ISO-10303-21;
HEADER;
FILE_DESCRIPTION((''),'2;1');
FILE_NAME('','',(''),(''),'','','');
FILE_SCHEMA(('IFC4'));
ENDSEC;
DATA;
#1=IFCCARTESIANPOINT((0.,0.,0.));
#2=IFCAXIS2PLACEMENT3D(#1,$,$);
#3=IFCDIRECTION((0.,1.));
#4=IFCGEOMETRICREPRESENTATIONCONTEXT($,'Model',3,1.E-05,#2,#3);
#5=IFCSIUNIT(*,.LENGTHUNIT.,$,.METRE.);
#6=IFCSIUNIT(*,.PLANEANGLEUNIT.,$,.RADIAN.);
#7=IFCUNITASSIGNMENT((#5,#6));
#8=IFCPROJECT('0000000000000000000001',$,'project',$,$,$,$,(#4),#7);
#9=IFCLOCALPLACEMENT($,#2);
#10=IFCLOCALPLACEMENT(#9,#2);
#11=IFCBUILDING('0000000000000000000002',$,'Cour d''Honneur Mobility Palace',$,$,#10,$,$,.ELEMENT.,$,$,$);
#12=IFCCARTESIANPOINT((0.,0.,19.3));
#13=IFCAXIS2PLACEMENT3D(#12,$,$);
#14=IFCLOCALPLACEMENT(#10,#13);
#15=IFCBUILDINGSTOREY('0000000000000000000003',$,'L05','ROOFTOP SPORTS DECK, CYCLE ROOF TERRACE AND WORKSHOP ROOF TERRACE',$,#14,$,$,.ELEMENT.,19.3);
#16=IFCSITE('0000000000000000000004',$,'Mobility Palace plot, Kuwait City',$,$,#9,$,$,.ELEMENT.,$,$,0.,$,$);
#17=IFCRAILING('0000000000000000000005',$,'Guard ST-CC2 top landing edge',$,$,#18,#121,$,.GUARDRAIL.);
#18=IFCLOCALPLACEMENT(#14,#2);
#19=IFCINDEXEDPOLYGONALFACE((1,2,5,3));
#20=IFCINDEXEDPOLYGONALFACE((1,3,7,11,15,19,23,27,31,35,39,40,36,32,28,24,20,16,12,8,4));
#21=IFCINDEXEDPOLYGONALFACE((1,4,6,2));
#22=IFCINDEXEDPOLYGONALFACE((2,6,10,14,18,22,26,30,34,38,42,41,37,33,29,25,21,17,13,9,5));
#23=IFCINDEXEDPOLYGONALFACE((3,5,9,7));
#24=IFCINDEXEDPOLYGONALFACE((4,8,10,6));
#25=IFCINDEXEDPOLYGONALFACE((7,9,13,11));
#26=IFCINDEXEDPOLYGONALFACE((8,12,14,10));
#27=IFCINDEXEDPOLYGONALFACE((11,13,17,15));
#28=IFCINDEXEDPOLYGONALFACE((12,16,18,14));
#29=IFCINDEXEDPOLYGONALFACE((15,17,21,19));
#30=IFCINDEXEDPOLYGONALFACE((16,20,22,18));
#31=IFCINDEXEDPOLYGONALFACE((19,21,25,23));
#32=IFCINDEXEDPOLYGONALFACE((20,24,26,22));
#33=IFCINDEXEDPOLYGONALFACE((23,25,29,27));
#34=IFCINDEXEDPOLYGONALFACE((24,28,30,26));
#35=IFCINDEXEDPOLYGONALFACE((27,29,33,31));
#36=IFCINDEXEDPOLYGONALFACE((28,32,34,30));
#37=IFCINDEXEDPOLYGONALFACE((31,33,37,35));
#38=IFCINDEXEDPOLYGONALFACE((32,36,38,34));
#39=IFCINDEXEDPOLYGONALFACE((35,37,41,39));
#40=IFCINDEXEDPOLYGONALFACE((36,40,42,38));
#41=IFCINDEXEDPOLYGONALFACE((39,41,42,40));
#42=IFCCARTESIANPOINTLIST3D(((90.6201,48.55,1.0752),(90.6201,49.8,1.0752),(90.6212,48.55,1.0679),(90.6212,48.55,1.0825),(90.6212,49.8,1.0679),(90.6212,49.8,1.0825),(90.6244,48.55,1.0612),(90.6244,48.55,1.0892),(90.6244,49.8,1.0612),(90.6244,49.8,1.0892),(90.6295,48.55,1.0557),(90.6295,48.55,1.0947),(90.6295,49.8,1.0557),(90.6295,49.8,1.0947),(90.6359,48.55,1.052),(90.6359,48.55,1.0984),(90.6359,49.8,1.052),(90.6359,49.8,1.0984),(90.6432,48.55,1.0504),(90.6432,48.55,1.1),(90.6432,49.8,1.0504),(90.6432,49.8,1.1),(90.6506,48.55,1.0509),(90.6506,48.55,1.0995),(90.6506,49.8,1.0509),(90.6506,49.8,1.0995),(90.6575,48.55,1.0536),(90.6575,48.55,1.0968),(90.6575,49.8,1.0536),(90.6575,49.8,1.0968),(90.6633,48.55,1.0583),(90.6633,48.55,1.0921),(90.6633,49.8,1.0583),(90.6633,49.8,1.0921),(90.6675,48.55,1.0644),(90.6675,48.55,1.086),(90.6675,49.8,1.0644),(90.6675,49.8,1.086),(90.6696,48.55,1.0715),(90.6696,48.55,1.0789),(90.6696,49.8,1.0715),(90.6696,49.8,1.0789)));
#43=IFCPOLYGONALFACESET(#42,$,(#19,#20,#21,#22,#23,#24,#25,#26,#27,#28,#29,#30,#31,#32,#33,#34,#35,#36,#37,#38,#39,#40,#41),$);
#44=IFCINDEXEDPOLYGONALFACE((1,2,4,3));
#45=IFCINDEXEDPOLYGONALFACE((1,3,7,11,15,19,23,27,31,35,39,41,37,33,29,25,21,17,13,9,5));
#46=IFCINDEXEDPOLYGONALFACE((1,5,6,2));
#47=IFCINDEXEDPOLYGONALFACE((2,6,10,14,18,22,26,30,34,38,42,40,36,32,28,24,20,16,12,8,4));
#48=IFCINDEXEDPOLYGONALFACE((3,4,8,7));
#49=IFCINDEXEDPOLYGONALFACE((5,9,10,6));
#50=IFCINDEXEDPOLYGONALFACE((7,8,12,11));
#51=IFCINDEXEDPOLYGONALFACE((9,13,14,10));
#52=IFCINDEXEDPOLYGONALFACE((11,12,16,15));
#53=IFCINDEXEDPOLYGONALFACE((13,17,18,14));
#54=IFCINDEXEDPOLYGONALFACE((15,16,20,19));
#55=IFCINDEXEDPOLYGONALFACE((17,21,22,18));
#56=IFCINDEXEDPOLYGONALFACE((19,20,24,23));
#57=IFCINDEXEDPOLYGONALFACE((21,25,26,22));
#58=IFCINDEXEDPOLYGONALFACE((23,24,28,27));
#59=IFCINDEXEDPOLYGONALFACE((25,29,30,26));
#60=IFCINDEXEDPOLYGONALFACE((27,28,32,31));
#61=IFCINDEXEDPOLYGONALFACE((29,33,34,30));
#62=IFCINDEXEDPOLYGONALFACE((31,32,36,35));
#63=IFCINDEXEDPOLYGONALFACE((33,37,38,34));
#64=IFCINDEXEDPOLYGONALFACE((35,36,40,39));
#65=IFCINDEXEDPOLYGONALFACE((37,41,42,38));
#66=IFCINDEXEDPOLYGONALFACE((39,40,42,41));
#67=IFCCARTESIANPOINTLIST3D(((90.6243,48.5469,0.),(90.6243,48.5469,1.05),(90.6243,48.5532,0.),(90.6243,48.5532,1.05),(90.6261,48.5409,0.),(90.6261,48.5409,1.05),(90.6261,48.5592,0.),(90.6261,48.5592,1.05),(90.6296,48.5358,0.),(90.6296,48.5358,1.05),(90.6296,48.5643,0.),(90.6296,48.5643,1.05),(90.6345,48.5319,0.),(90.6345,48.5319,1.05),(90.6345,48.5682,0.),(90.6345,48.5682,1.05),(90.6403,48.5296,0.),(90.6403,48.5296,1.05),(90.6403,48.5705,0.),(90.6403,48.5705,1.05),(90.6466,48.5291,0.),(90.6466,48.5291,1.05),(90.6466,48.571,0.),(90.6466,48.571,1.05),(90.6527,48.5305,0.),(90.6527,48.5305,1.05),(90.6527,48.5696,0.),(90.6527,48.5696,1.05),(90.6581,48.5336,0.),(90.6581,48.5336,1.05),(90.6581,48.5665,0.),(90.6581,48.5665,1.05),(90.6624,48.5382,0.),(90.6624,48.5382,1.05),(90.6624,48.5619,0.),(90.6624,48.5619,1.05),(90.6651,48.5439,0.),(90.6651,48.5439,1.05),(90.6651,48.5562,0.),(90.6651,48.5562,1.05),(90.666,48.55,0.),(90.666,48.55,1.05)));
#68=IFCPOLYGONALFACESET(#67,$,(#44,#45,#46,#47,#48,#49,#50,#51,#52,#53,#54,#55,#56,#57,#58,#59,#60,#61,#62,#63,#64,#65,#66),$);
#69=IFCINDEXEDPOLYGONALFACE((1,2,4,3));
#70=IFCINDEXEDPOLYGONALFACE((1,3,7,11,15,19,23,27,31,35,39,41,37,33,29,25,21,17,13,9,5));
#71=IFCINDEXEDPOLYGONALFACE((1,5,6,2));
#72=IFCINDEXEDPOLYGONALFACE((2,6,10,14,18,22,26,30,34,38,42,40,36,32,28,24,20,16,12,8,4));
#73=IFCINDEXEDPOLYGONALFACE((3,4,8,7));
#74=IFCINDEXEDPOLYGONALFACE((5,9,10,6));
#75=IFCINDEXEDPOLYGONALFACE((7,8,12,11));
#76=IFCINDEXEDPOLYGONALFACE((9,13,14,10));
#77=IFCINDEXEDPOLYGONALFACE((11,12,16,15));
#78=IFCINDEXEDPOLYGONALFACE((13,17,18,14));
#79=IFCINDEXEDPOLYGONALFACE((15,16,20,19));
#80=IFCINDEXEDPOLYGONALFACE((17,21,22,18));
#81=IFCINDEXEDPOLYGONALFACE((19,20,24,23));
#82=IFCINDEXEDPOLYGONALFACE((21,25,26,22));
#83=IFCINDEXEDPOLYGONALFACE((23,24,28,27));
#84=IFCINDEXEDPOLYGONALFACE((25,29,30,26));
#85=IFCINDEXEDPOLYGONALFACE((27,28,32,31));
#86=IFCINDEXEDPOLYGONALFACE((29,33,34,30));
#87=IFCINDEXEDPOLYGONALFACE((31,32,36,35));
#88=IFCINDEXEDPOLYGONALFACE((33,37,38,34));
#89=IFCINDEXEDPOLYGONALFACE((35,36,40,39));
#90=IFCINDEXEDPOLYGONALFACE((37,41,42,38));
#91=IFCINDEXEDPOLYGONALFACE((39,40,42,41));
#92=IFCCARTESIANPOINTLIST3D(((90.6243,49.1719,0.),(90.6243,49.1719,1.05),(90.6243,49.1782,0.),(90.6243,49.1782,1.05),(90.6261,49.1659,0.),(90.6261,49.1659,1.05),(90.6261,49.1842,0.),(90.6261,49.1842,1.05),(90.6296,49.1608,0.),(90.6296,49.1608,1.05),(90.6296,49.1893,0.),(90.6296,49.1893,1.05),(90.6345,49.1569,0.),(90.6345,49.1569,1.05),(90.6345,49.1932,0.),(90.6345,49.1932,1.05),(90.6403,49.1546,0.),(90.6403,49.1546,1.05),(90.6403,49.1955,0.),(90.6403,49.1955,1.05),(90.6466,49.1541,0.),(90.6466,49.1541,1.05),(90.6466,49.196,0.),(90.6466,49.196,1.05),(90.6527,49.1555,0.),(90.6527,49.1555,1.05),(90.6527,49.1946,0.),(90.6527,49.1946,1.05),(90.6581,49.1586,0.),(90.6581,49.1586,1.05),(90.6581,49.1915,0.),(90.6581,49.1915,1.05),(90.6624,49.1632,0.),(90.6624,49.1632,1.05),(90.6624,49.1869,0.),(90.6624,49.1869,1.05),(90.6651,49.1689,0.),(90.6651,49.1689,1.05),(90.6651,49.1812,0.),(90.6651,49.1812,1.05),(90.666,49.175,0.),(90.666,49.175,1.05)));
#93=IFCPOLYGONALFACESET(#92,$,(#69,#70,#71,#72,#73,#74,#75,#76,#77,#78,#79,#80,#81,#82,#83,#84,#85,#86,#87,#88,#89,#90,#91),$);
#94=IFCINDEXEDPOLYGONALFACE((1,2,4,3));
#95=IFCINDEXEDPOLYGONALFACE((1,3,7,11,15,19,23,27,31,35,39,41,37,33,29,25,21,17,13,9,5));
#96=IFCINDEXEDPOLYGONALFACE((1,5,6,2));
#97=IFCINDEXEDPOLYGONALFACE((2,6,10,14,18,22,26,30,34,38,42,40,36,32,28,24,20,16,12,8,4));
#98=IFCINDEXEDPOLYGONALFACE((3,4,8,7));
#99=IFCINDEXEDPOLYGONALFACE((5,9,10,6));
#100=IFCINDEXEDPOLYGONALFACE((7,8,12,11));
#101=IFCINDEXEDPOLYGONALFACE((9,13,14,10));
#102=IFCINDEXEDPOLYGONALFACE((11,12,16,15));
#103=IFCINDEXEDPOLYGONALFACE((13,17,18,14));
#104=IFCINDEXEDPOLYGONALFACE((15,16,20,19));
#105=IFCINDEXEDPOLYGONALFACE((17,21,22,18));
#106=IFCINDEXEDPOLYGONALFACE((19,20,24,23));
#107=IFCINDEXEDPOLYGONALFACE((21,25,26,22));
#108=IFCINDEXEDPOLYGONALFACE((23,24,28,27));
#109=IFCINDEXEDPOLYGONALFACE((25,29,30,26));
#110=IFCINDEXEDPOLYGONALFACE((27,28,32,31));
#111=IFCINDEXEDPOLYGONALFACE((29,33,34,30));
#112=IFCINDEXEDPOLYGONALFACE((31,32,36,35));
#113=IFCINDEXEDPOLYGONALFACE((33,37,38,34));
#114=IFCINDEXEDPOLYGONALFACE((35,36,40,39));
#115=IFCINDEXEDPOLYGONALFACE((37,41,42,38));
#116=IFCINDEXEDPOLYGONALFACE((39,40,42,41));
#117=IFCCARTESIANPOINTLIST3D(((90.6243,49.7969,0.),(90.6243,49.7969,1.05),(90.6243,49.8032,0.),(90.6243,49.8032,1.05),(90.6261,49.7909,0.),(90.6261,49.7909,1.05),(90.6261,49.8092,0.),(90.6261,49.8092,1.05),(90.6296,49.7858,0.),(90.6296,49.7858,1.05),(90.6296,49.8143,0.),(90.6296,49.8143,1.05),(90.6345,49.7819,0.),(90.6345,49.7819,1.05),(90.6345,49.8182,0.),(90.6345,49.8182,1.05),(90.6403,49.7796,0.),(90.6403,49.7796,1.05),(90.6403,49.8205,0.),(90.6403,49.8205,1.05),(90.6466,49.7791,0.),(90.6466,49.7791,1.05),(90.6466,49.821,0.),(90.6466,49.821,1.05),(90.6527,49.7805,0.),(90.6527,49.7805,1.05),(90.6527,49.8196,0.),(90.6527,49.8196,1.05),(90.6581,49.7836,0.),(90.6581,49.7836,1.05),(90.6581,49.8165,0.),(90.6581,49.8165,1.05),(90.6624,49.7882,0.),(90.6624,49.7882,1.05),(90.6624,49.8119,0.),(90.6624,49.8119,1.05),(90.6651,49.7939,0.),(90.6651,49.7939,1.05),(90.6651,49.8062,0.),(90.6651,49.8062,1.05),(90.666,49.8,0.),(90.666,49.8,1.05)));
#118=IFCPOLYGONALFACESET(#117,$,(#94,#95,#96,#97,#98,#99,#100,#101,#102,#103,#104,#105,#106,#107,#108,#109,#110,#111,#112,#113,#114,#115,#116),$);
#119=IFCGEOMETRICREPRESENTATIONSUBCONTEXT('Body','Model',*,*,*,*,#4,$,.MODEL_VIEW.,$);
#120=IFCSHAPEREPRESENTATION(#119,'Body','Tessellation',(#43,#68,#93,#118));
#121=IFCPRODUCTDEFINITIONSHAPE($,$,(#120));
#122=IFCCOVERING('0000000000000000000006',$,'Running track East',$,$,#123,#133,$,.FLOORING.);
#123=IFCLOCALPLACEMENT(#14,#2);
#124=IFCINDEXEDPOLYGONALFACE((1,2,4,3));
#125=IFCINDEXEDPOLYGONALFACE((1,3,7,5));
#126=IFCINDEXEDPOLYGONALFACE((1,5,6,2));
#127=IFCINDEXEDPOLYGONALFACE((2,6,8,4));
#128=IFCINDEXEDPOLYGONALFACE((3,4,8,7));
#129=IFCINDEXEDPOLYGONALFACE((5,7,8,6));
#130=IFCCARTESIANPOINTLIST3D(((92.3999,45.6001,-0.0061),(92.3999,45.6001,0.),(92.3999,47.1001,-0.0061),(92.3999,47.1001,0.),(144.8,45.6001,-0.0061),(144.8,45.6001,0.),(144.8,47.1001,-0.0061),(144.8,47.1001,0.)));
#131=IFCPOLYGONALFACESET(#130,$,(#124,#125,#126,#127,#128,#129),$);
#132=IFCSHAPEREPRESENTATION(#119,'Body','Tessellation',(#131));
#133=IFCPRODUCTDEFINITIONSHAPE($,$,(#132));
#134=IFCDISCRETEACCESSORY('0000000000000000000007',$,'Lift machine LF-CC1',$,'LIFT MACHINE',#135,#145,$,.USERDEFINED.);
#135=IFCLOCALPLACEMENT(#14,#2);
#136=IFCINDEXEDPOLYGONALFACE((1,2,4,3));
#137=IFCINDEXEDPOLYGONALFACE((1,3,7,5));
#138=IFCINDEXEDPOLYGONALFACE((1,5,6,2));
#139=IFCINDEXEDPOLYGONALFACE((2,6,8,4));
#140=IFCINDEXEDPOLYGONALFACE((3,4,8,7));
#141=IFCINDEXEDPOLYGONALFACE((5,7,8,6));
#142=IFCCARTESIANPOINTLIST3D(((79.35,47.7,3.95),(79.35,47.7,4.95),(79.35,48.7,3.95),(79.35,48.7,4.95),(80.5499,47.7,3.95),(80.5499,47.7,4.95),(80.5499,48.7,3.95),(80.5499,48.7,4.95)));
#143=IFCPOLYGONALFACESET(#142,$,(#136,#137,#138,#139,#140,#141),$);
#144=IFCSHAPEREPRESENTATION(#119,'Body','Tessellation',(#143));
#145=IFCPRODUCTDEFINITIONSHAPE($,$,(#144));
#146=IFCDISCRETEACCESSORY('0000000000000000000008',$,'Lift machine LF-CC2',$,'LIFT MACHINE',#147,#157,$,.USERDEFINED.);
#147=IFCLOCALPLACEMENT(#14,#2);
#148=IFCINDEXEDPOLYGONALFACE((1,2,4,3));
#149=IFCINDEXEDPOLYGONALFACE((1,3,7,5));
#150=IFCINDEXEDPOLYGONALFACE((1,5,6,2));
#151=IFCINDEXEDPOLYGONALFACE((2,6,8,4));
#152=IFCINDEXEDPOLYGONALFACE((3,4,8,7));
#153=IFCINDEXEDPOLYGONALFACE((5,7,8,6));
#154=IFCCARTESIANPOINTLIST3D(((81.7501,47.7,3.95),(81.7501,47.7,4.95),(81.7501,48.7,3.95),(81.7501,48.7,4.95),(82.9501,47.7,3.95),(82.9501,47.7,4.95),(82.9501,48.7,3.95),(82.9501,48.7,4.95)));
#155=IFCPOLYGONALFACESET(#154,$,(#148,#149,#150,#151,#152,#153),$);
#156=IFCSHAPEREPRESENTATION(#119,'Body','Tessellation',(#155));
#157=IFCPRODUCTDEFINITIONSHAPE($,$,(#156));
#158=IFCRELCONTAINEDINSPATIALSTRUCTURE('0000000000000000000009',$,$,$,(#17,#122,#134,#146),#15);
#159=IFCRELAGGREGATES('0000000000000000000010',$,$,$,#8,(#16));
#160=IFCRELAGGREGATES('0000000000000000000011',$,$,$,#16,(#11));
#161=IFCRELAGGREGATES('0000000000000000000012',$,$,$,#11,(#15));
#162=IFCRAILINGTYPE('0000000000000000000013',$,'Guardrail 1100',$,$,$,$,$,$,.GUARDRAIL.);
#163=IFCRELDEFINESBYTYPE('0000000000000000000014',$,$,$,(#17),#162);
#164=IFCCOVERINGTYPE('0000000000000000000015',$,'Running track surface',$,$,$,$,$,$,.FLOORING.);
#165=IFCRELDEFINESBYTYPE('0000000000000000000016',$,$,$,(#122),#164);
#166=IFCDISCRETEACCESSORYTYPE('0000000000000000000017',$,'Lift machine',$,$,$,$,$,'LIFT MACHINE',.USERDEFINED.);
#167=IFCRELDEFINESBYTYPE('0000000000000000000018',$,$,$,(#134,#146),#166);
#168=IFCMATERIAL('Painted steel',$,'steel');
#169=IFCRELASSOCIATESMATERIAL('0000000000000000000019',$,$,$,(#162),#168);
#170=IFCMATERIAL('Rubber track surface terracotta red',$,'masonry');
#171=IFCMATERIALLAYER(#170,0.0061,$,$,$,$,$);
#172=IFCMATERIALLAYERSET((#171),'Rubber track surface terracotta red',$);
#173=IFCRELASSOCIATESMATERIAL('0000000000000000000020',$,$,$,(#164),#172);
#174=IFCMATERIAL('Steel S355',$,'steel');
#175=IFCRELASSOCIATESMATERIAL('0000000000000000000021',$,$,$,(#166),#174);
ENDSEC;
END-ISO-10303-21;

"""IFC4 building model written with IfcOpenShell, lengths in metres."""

from ifc_helpers import new_model, si_unit, direction, frame, origin, origin_2d, place, context, subcontext, project, spatial, polyline, rectangle, circle, outline, extrude, material, layer, layer_set, type_object, element, save


model = new_model("IFC4")

# Units and contexts
model_context = context("Model", 3, precision=1e-05, world=origin(), true_north=direction((0.0, 1.0)))
body_context = subcontext(model_context, "Body", "Model", "MODEL_VIEW")
ifc_project = project(units=[si_unit("LENGTHUNIT", "METRE"), si_unit("PLANEANGLEUNIT", "RADIAN")], contexts=[model_context])

# Site, building, storey
site_placement = place(None, origin())
site = spatial("IfcSite", under=ifc_project, at=site_placement, Name="Mobility Palace plot, Kuwait City", CompositionType="ELEMENT", RefElevation=0.0)
building_placement = place(site_placement, origin())
building = spatial("IfcBuilding", under=site, at=building_placement, Name="Cour d'Honneur Mobility Palace", CompositionType="ELEMENT")
storey_placement = place(building_placement, frame((0.0, 0.0, 19.3)))
storey = spatial("IfcBuildingStorey", under=building, at=storey_placement, Name="L05", Description="ROOFTOP SPORTS DECK, CYCLE ROOF TERRACE AND WORKSHOP ROOF TERRACE", CompositionType="ELEMENT", Elevation=19.3)

# Railing
ifc_material_1 = material(Name="Painted steel", Category="steel")
railing_type = type_object("IfcRailingType", Name="Guardrail 1100", PredefinedType="GUARDRAIL", material=ifc_material_1)
railing_1_placement = place(storey_placement, frame((90.645, 48.55, 0.0)))
element("IfcRailing", 1, at=railing_1_placement, inside=storey, type_object=railing_type, Name="Guard ST-CC2 top landing edge", PredefinedType="GUARDRAIL", context=body_context, shape_type="SweptSolid", body=[
    extrude(circle(Radius=0.0249, at=origin_2d()), frame((0.0, 0.0, 1.0752), z_axis=(0.0, 1.0, 0.0), x_axis=(-1.0, 0.0, 0.0)), (0.0, 0.0, 1.0), 1.25),
    extrude(circle(Radius=0.021, at=origin_2d()), origin(), (0.0, 0.0, 1.0), 1.05),
    extrude(circle(Radius=0.021, at=origin_2d()), frame((0.0, 0.625, 0.0)), (0.0, 0.0, 1.0), 1.05),
    extrude(circle(Radius=0.021, at=origin_2d()), frame((0.0, 1.25, 0.0)), (0.0, 0.0, 1.0), 1.05),
])

# Covering
ifc_material_2 = material(Name="Rubber track surface terracotta red", Category="masonry")
ifc_layer_1 = layer(ifc_material_2, 0.0061)
ifc_layer_set_1 = layer_set([ifc_layer_1], Name="Rubber track surface terracotta red")
covering_type_1 = type_object("IfcCoveringType", Name="Running track surface", PredefinedType="FLOORING", material=ifc_layer_set_1)
covering_placement = place(storey_placement, frame((92.3999, 45.6001, 0.0), z_axis=(0.0, 0.0, 1.0), x_axis=(1.0, 0.0, 0.0)))
element("IfcCovering", 2, at=covering_placement, inside=storey, type_object=covering_type_1, Name="Running track East", PredefinedType="FLOORING", context=body_context, shape_type="SweptSolid", body=[
    extrude(outline(polyline([(0.0, 0.0), (52.4001, 0.0), (52.4001, 1.5), (0.0, 1.5), (0.0, 0.0)])), origin(), (0.0, 0.0, -1.0), 0.0061),
])

# Discrete accessories
ifc_material_3 = material(Name="Steel S355", Category="steel")
discrete_accessory_type = type_object("IfcDiscreteAccessoryType", Name="Lift machine", ElementType="LIFT MACHINE", PredefinedType="USERDEFINED", material=ifc_material_3)
for number, where, z_axis, x_axis, name in (
    (3, (79.95, 48.2, 3.95), (0.0, 0.0, 1.0), (1.0, 0.0, 0.0), "Lift machine LF-CC1"),
    (4, (82.3501, 48.2, 3.95), (0.0, 0.0, 1.0), (1.0, 0.0, 0.0), "Lift machine LF-CC2"),
):
    element("IfcDiscreteAccessory", number, at=place(storey_placement, frame(where, z_axis=z_axis, x_axis=x_axis)), inside=storey, type_object=discrete_accessory_type, Name=name, ObjectType="LIFT MACHINE", PredefinedType="USERDEFINED", context=body_context, shape_type="SweptSolid", body=[
        extrude(rectangle(XDim=1.2, YDim=1.0, at=origin_2d()), origin(), (0.0, 0.0, 1.0), 1.0),
    ])

save(model, "model.ifc")
